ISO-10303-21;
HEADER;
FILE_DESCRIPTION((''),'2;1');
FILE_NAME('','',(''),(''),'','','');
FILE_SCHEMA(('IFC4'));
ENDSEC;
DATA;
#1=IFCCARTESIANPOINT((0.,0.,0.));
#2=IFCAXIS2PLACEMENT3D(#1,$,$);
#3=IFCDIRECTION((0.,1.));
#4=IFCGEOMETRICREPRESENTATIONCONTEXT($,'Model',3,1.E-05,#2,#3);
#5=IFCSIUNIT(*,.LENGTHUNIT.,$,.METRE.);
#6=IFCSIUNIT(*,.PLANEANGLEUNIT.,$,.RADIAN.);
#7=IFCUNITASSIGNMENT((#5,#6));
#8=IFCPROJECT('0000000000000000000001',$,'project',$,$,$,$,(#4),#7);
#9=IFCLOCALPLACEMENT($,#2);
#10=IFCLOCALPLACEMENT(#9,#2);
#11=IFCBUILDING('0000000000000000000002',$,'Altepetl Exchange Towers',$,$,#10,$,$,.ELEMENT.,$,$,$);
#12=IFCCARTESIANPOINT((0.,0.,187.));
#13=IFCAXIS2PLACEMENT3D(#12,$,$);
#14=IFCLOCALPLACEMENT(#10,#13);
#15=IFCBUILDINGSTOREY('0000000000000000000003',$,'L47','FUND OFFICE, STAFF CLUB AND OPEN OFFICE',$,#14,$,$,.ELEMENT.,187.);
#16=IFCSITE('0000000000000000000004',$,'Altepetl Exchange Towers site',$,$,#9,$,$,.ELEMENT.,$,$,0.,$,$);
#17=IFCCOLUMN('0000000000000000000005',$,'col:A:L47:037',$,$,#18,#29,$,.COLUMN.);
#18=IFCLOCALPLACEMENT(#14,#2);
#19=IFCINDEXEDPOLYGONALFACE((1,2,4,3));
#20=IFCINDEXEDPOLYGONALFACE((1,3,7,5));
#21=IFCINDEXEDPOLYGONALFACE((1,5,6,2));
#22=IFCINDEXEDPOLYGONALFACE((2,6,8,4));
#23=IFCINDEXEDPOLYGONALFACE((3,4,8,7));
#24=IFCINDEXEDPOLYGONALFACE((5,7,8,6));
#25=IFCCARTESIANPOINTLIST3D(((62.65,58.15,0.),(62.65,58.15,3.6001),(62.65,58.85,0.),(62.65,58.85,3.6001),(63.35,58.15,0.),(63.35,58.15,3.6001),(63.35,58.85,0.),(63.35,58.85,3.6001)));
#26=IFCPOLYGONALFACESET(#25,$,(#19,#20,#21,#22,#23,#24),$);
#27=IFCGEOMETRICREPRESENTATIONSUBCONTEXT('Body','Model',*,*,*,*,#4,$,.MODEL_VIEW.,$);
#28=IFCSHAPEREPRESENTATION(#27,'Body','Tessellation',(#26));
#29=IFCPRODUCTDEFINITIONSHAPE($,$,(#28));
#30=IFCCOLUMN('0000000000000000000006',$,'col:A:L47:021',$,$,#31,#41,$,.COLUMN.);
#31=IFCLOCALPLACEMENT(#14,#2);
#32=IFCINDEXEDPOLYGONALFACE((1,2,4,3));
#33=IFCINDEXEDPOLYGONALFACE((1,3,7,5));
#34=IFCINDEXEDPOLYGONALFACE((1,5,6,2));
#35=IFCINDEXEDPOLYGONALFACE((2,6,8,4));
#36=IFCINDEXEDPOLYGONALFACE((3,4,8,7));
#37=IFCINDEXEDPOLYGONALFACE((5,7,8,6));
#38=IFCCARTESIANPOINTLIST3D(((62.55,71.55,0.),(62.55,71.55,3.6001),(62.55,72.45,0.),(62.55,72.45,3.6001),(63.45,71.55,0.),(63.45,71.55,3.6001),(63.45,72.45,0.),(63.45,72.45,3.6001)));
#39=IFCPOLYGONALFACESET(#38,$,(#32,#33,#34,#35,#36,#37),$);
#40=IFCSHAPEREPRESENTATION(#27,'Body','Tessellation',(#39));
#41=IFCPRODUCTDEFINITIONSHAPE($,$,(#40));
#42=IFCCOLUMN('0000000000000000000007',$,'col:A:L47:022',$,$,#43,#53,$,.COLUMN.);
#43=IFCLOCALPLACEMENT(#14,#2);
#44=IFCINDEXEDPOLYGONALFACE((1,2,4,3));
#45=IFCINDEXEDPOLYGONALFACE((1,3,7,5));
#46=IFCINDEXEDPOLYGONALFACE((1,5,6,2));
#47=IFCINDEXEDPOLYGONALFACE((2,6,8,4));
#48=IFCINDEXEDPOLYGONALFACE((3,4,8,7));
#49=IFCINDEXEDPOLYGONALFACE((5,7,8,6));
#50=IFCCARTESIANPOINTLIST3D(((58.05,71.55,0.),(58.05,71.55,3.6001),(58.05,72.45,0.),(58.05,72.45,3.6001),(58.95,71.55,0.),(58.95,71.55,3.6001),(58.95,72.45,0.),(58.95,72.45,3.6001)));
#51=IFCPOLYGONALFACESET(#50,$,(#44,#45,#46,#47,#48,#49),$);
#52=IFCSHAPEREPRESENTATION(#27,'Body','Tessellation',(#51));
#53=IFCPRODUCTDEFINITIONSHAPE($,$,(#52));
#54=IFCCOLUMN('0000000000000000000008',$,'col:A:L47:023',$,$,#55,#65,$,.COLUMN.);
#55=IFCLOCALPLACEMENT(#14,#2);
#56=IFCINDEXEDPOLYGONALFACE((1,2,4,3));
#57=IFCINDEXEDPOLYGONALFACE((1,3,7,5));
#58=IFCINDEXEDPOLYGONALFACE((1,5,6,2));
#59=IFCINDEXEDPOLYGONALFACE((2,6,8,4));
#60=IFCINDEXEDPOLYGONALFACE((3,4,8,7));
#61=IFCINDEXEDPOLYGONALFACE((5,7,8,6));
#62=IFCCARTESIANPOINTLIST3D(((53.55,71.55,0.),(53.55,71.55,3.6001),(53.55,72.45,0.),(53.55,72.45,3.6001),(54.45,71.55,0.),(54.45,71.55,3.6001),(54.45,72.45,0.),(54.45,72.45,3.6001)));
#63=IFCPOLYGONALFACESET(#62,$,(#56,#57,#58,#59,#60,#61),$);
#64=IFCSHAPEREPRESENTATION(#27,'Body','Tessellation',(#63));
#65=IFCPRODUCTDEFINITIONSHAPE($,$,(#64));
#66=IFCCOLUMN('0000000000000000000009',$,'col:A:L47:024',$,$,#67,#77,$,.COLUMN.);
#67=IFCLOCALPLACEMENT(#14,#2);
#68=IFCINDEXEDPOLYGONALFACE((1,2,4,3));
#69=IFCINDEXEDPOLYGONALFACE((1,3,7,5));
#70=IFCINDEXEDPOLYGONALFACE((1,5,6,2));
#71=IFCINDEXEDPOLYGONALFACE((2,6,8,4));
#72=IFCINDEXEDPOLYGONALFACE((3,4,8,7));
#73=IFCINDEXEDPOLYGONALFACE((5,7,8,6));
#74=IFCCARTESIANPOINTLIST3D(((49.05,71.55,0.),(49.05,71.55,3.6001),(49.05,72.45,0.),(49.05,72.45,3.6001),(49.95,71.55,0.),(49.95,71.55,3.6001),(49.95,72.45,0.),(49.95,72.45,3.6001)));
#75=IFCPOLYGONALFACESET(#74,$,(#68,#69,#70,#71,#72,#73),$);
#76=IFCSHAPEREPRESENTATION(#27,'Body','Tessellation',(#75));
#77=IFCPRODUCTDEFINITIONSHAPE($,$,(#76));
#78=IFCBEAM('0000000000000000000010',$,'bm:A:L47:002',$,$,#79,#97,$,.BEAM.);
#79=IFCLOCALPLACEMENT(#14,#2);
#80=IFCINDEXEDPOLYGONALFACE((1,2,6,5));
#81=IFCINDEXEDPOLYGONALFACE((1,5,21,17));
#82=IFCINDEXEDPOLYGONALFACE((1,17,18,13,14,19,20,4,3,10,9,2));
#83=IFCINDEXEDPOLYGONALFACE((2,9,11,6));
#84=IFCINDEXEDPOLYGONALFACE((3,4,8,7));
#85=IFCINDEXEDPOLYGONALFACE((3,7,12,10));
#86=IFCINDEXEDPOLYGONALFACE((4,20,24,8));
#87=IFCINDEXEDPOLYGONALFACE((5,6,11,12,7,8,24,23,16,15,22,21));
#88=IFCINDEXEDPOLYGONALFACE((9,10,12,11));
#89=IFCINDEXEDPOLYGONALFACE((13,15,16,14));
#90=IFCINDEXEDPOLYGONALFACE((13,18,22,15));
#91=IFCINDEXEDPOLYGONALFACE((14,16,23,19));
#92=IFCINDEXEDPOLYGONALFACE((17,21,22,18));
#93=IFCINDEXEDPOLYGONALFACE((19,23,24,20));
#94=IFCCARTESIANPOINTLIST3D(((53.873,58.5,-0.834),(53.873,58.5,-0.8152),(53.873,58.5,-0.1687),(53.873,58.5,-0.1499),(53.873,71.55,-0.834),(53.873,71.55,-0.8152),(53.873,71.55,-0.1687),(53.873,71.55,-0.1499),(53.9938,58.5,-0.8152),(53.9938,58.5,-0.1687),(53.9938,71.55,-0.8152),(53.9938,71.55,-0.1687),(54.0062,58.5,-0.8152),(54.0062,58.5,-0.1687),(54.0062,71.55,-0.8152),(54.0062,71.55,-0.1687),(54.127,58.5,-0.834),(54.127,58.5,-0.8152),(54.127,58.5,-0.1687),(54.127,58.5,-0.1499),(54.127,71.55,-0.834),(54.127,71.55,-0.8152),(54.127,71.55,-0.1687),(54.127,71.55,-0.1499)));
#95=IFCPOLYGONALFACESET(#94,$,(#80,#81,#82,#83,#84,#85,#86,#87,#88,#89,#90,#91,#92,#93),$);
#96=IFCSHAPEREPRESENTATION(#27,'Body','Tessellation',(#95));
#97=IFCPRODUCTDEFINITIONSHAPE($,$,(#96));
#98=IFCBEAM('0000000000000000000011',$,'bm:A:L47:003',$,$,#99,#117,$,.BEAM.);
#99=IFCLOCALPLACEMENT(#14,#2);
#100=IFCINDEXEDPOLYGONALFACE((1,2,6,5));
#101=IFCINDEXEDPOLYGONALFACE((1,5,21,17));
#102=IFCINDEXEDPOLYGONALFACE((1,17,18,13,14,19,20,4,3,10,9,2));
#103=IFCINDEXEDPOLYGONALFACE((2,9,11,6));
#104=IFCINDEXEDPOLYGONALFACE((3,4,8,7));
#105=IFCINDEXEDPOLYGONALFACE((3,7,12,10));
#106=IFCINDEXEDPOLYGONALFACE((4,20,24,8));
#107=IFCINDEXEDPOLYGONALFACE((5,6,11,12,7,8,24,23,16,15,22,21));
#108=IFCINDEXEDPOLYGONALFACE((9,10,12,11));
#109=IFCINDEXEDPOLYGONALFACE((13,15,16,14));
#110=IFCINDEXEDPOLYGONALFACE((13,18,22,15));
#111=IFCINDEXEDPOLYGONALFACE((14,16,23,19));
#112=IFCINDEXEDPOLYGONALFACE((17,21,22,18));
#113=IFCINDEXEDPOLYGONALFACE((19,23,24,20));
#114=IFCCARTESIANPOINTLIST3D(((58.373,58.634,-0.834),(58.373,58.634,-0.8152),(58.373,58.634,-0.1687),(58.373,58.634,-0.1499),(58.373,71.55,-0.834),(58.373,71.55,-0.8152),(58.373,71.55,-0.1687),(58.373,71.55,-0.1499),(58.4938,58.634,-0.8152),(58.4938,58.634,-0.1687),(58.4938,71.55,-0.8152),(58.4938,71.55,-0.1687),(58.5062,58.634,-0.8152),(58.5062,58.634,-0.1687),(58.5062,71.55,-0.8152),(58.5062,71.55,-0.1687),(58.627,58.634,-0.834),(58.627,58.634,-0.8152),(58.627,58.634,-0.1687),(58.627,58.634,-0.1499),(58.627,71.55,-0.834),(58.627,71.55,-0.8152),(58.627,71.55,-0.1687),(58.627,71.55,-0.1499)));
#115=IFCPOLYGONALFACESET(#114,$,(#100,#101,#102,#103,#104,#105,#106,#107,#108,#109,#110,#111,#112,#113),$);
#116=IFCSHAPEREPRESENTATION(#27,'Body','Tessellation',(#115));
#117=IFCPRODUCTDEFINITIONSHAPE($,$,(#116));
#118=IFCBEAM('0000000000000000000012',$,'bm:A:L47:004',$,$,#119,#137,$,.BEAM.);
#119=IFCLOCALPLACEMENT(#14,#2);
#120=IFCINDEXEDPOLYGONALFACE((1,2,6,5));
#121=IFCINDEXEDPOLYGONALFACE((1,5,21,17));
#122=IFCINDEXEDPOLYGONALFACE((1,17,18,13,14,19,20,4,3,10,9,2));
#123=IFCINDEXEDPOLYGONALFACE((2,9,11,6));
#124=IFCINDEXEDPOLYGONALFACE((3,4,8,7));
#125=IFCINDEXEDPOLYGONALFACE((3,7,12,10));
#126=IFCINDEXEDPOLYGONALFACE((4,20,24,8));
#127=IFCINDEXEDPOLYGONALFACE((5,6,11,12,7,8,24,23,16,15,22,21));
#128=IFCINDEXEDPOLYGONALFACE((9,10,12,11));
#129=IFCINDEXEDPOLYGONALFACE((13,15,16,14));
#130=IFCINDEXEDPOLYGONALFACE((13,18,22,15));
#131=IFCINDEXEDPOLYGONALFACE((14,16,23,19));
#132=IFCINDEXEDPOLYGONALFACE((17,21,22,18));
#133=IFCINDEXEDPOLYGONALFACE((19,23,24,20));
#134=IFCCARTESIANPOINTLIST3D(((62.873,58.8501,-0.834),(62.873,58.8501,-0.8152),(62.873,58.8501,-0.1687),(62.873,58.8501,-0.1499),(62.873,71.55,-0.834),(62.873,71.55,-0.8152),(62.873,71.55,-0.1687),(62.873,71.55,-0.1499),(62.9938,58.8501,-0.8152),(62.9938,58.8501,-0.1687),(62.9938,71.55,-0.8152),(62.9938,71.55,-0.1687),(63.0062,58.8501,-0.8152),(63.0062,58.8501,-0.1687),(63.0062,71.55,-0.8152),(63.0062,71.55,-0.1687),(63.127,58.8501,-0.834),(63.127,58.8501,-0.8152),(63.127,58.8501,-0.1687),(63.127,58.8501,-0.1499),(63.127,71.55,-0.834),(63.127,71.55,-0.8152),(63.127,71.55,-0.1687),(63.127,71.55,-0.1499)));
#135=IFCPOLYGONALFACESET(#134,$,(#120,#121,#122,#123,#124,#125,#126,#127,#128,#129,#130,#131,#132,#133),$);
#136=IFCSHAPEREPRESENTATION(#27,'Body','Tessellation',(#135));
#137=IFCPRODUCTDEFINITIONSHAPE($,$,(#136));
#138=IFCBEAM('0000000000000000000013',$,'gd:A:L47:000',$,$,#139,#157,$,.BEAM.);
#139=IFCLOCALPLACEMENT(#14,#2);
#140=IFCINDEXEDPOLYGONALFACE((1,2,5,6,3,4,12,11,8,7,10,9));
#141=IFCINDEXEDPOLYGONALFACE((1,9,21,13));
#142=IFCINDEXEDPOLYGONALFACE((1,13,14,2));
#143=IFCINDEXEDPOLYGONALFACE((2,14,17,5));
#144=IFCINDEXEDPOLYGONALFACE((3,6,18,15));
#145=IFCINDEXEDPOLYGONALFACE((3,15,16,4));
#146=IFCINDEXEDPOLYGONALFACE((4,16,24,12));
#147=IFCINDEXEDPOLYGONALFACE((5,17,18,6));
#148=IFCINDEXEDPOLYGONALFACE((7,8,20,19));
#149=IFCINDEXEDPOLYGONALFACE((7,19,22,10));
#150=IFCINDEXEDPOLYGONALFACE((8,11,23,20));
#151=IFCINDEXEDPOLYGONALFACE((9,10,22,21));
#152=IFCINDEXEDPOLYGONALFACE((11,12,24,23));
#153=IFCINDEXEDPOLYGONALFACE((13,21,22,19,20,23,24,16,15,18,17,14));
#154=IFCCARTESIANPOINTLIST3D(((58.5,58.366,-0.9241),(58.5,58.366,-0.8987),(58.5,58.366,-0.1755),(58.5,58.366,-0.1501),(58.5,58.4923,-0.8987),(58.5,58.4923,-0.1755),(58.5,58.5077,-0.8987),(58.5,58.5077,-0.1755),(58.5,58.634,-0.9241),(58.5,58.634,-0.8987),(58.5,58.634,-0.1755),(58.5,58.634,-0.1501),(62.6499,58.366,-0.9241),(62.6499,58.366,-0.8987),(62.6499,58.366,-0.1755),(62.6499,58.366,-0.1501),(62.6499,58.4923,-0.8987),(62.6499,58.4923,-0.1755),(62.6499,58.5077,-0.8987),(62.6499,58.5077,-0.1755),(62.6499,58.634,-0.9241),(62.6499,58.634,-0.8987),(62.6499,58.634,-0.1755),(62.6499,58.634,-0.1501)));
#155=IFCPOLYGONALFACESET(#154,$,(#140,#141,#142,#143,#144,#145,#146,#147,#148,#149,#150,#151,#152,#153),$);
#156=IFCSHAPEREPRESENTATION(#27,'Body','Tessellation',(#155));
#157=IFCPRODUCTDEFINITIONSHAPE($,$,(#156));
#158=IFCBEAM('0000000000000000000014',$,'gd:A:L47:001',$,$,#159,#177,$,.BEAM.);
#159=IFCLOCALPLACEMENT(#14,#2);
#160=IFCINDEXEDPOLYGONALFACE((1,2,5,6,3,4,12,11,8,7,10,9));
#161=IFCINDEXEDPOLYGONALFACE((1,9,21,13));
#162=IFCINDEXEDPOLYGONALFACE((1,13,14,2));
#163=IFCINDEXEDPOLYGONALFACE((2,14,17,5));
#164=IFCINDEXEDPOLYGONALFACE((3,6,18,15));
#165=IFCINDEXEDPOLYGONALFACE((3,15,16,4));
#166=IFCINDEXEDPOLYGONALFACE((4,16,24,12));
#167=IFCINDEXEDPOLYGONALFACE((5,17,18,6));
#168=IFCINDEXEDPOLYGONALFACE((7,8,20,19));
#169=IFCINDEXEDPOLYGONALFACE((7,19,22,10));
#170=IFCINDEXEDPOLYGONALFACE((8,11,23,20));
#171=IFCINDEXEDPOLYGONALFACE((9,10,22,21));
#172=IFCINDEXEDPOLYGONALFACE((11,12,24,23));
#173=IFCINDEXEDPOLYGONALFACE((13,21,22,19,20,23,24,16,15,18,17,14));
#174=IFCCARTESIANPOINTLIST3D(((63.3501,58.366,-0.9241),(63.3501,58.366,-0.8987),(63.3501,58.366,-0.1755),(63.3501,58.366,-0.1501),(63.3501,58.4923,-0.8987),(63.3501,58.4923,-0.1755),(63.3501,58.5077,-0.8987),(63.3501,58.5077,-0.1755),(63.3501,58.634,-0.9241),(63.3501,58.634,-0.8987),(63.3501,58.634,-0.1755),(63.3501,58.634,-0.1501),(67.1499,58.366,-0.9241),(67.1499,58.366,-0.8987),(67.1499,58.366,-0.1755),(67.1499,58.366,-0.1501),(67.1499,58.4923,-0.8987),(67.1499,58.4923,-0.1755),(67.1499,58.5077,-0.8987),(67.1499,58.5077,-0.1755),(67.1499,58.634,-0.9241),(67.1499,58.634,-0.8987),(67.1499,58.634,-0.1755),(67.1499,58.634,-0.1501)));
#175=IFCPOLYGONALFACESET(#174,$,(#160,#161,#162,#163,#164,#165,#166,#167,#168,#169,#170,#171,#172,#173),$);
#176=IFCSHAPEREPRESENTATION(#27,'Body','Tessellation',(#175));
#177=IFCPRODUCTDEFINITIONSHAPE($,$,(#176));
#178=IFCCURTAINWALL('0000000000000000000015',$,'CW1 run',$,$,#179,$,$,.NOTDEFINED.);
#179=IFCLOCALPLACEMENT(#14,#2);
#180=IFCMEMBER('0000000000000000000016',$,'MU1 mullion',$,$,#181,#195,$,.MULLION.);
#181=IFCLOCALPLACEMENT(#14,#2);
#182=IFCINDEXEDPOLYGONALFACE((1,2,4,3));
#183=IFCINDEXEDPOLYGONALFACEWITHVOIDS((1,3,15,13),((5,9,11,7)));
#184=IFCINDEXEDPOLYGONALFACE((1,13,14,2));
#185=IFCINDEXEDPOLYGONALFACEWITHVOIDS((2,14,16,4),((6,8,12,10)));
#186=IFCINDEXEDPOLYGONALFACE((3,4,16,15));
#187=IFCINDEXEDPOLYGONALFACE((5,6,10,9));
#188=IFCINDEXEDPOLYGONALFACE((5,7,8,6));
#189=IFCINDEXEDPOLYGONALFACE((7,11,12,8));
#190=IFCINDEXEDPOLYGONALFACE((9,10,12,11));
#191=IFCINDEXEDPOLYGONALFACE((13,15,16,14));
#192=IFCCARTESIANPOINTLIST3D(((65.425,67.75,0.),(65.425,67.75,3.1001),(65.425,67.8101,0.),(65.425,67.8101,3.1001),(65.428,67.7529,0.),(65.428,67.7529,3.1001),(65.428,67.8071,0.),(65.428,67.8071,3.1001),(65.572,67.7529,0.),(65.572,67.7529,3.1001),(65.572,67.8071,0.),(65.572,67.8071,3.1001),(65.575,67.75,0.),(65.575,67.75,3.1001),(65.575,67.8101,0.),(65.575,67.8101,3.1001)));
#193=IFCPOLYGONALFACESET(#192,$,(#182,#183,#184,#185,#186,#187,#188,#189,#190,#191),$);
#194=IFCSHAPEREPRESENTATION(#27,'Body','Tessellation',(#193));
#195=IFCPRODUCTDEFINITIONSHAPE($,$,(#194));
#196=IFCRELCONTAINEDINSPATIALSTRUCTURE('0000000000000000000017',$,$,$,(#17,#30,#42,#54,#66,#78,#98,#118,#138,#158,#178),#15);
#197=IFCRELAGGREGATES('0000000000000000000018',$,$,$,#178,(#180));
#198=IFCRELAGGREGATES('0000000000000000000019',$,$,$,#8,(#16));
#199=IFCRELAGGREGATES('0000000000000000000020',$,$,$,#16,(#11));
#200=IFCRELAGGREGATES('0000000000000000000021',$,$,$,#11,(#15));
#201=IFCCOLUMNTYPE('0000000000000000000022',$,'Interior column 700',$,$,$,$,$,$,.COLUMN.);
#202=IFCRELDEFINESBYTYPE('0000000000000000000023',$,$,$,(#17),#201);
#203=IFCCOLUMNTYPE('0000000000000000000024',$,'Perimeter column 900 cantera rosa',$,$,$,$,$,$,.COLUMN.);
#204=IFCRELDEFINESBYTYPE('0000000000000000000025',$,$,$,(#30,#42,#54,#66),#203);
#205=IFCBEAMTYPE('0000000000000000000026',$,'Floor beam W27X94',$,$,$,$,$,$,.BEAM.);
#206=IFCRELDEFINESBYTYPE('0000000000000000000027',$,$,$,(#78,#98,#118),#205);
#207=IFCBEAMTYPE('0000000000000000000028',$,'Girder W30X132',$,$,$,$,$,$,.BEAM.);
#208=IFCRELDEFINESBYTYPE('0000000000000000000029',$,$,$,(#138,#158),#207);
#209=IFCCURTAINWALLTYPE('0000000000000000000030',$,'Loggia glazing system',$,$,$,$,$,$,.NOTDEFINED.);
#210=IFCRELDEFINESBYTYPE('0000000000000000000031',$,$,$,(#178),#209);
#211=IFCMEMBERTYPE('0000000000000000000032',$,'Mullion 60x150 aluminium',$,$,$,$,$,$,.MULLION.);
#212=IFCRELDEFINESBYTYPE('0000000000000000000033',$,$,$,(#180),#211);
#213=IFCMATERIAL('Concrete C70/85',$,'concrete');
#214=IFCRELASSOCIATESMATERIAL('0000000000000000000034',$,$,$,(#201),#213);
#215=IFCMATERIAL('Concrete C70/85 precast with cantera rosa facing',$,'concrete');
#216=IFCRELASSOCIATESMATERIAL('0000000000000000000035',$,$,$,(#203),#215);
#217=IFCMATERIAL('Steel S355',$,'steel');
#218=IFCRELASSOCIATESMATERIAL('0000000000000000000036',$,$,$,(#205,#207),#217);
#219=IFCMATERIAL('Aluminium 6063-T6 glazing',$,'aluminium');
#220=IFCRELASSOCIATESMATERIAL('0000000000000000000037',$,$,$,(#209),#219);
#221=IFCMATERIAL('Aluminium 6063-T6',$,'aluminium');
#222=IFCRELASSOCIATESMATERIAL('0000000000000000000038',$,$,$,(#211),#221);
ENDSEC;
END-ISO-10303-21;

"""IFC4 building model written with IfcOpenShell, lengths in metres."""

from ifc_helpers import new_model, si_unit, direction, frame, origin, origin_2d, place, context, subcontext, project, spatial, rectangle, hollow_rectangle, i_section, extrude, material, material_profile, profile_set, type_object, element, aggregate, save


model = new_model("IFC4")

# Units and contexts
model_context = context("Model", 3, precision=1e-05, world=origin(), true_north=direction((0.0, 1.0)))
body_context = subcontext(model_context, "Body", "Model", "MODEL_VIEW")
ifc_project = project(units=[si_unit("LENGTHUNIT", "METRE"), si_unit("PLANEANGLEUNIT", "RADIAN")], contexts=[model_context])

# Site, building, storey
site_placement = place(None, origin())
site = spatial("IfcSite", under=ifc_project, at=site_placement, Name="Altepetl Exchange Towers site", CompositionType="ELEMENT", RefElevation=0.0)
building_placement = place(site_placement, origin())
building = spatial("IfcBuilding", under=site, at=building_placement, Name="Altepetl Exchange Towers", CompositionType="ELEMENT")
storey_placement = place(building_placement, frame((0.0, 0.0, 187.0)))
storey = spatial("IfcBuildingStorey", under=building, at=storey_placement, Name="L47", Description="FUND OFFICE, STAFF CLUB AND OPEN OFFICE", CompositionType="ELEMENT", Elevation=187.0)

# Columns
ifc_material_1 = material(Name="Concrete C70/85", Category="concrete")
ifc_material_profile_1 = material_profile(ifc_material_1, rectangle(XDim=0.7, YDim=0.7, at=origin_2d()), Name="700 x 700")
ifc_profile_set_1 = profile_set([ifc_material_profile_1], Name="Concrete C70/85")
column_type_1 = type_object("IfcColumnType", Name="Interior column 700", PredefinedType="COLUMN", material=ifc_profile_set_1)
column_placement = place(storey_placement, frame((63.0, 58.5, 0.0)))
element("IfcColumn", 1, at=column_placement, inside=storey, type_object=column_type_1, Name="col:A:L47:037", PredefinedType="COLUMN", context=body_context, shape_type="SweptSolid", body=[
    extrude(rectangle(XDim=0.7, YDim=0.7, at=origin_2d()), origin(), (0.0, 0.0, 1.0), 3.6001),
])
ifc_material_2 = material(Name="Concrete C70/85 precast with cantera rosa facing", Category="concrete")
ifc_material_profile_2 = material_profile(ifc_material_2, rectangle(XDim=0.8999, YDim=0.8999, at=origin_2d()), Name="900 x 900")
ifc_profile_set_2 = profile_set([ifc_material_profile_2], Name="Concrete C70/85 precast with cantera rosa facing")
column_type_2 = type_object("IfcColumnType", Name="Perimeter column 900 cantera rosa", PredefinedType="COLUMN", material=ifc_profile_set_2)
for number, where, name in (
    (2, (63.0, 72.0, 0.0), "col:A:L47:021"),
    (3, (58.5, 72.0, 0.0), "col:A:L47:022"),
    (4, (54.0, 72.0, 0.0), "col:A:L47:023"),
    (5, (49.5, 72.0, 0.0), "col:A:L47:024"),
):
    element("IfcColumn", number, at=place(storey_placement, frame(where)), inside=storey, type_object=column_type_2, Name=name, PredefinedType="COLUMN", context=body_context, shape_type="SweptSolid", body=[
        extrude(rectangle(XDim=0.8999, YDim=0.8999, at=origin_2d()), origin(), (0.0, 0.0, 1.0), 3.6001),
    ])

# Beams
ifc_material_3 = material(Name="Steel S355", Category="steel")
ifc_material_profile_3 = material_profile(ifc_material_3, i_section(OverallWidth=0.2539, OverallDepth=0.6841, WebThickness=0.0125, FlangeThickness=0.0188, at=origin_2d()), Name="W27X94")
ifc_profile_set_3 = profile_set([ifc_material_profile_3], Name="Steel S355")
beam_type_1 = type_object("IfcBeamType", Name="Floor beam W27X94", PredefinedType="BEAM", material=ifc_profile_set_3)
beam_1_placement = place(storey_placement, frame((54.0, 58.5, -0.4919), z_axis=(0.0, 1.0, 0.0), x_axis=(-1.0, 0.0, 0.0)))
element("IfcBeam", 6, at=beam_1_placement, inside=storey, type_object=beam_type_1, Name="bm:A:L47:002", PredefinedType="BEAM", context=body_context, shape_type="SweptSolid", body=[
    extrude(i_section(OverallWidth=0.2539, OverallDepth=0.6841, WebThickness=0.0125, FlangeThickness=0.0188, at=origin_2d()), origin(), (0.0, 0.0, 1.0), 13.05),
])
beam_2_placement = place(storey_placement, frame((58.5, 58.634, -0.4919), z_axis=(0.0, 1.0, 0.0), x_axis=(-1.0, 0.0, 0.0)))
element("IfcBeam", 7, at=beam_2_placement, inside=storey, type_object=beam_type_1, Name="bm:A:L47:003", PredefinedType="BEAM", context=body_context, shape_type="SweptSolid", body=[
    extrude(i_section(OverallWidth=0.2539, OverallDepth=0.6841, WebThickness=0.0125, FlangeThickness=0.0188, at=origin_2d()), origin(), (0.0, 0.0, 1.0), 12.916),
])
beam_3_placement = place(storey_placement, frame((63.0, 58.8501, -0.4919), z_axis=(0.0, 1.0, 0.0), x_axis=(-1.0, 0.0, 0.0)))
element("IfcBeam", 8, at=beam_3_placement, inside=storey, type_object=beam_type_1, Name="bm:A:L47:004", PredefinedType="BEAM", context=body_context, shape_type="SweptSolid", body=[
    extrude(i_section(OverallWidth=0.2539, OverallDepth=0.6841, WebThickness=0.0125, FlangeThickness=0.0188, at=origin_2d()), origin(), (0.0, 0.0, 1.0), 12.7),
])
ifc_material_profile_4 = material_profile(ifc_material_3, i_section(OverallWidth=0.2681, OverallDepth=0.7739, WebThickness=0.0154, FlangeThickness=0.0254, at=origin_2d()), Name="W30X132")
ifc_profile_set_4 = profile_set([ifc_material_profile_4], Name="Steel S355")
beam_type_2 = type_object("IfcBeamType", Name="Girder W30X132", PredefinedType="BEAM", material=ifc_profile_set_4)
beam_4_placement = place(storey_placement, frame((58.5, 58.5, -0.5371), z_axis=(1.0, 0.0, 0.0), x_axis=(0.0, 1.0, 0.0)))
element("IfcBeam", 9, at=beam_4_placement, inside=storey, type_object=beam_type_2, Name="gd:A:L47:000", PredefinedType="BEAM", context=body_context, shape_type="SweptSolid", body=[
    extrude(i_section(OverallWidth=0.2681, OverallDepth=0.7739, WebThickness=0.0154, FlangeThickness=0.0254, at=origin_2d()), origin(), (0.0, 0.0, 1.0), 4.1499),
])
beam_5_placement = place(storey_placement, frame((63.3501, 58.5, -0.5371), z_axis=(1.0, 0.0, 0.0), x_axis=(0.0, 1.0, 0.0)))
element("IfcBeam", 10, at=beam_5_placement, inside=storey, type_object=beam_type_2, Name="gd:A:L47:001", PredefinedType="BEAM", context=body_context, shape_type="SweptSolid", body=[
    extrude(i_section(OverallWidth=0.2681, OverallDepth=0.7739, WebThickness=0.0154, FlangeThickness=0.0254, at=origin_2d()), origin(), (0.0, 0.0, 1.0), 3.7998),
])

# Curtain wall, member
ifc_material_4 = material(Name="Aluminium 6063-T6 glazing", Category="aluminium")
curtain_wall_type = type_object("IfcCurtainWallType", Name="Loggia glazing system", PredefinedType="NOTDEFINED", material=ifc_material_4)
curtain_wall_1_placement = place(storey_placement, origin())
curtain_wall_1 = element("IfcCurtainWall", 11, at=curtain_wall_1_placement, inside=storey, type_object=curtain_wall_type, Name="CW1 run", PredefinedType="NOTDEFINED")
ifc_material_5 = material(Name="Aluminium 6063-T6", Category="aluminium")
ifc_material_profile_5 = material_profile(ifc_material_5, hollow_rectangle(XDim=0.0601, YDim=0.1499, WallThickness=0.0029, at=origin_2d()), Name="Mullion 60x150 aluminium")
ifc_profile_set_5 = profile_set([ifc_material_profile_5], Name="Aluminium 6063-T6")
member_type = type_object("IfcMemberType", Name="Mullion 60x150 aluminium", PredefinedType="MULLION", material=ifc_profile_set_5)
member_1_placement = place(storey_placement, frame((65.5, 67.78, 0.0), z_axis=(0.0, 0.0, 1.0), x_axis=(0.0, 1.0, 0.0)))
member_1 = element("IfcMember", 12, at=member_1_placement, type_object=member_type, Name="MU1 mullion", PredefinedType="MULLION", context=body_context, shape_type="SweptSolid", body=[
    extrude(hollow_rectangle(XDim=0.0601, YDim=0.1499, WallThickness=0.0029, at=origin_2d()), origin(), (0.0, 0.0, 1.0), 3.1001),
])

aggregate(curtain_wall_1, [member_1])

save(model, "model.ifc")
